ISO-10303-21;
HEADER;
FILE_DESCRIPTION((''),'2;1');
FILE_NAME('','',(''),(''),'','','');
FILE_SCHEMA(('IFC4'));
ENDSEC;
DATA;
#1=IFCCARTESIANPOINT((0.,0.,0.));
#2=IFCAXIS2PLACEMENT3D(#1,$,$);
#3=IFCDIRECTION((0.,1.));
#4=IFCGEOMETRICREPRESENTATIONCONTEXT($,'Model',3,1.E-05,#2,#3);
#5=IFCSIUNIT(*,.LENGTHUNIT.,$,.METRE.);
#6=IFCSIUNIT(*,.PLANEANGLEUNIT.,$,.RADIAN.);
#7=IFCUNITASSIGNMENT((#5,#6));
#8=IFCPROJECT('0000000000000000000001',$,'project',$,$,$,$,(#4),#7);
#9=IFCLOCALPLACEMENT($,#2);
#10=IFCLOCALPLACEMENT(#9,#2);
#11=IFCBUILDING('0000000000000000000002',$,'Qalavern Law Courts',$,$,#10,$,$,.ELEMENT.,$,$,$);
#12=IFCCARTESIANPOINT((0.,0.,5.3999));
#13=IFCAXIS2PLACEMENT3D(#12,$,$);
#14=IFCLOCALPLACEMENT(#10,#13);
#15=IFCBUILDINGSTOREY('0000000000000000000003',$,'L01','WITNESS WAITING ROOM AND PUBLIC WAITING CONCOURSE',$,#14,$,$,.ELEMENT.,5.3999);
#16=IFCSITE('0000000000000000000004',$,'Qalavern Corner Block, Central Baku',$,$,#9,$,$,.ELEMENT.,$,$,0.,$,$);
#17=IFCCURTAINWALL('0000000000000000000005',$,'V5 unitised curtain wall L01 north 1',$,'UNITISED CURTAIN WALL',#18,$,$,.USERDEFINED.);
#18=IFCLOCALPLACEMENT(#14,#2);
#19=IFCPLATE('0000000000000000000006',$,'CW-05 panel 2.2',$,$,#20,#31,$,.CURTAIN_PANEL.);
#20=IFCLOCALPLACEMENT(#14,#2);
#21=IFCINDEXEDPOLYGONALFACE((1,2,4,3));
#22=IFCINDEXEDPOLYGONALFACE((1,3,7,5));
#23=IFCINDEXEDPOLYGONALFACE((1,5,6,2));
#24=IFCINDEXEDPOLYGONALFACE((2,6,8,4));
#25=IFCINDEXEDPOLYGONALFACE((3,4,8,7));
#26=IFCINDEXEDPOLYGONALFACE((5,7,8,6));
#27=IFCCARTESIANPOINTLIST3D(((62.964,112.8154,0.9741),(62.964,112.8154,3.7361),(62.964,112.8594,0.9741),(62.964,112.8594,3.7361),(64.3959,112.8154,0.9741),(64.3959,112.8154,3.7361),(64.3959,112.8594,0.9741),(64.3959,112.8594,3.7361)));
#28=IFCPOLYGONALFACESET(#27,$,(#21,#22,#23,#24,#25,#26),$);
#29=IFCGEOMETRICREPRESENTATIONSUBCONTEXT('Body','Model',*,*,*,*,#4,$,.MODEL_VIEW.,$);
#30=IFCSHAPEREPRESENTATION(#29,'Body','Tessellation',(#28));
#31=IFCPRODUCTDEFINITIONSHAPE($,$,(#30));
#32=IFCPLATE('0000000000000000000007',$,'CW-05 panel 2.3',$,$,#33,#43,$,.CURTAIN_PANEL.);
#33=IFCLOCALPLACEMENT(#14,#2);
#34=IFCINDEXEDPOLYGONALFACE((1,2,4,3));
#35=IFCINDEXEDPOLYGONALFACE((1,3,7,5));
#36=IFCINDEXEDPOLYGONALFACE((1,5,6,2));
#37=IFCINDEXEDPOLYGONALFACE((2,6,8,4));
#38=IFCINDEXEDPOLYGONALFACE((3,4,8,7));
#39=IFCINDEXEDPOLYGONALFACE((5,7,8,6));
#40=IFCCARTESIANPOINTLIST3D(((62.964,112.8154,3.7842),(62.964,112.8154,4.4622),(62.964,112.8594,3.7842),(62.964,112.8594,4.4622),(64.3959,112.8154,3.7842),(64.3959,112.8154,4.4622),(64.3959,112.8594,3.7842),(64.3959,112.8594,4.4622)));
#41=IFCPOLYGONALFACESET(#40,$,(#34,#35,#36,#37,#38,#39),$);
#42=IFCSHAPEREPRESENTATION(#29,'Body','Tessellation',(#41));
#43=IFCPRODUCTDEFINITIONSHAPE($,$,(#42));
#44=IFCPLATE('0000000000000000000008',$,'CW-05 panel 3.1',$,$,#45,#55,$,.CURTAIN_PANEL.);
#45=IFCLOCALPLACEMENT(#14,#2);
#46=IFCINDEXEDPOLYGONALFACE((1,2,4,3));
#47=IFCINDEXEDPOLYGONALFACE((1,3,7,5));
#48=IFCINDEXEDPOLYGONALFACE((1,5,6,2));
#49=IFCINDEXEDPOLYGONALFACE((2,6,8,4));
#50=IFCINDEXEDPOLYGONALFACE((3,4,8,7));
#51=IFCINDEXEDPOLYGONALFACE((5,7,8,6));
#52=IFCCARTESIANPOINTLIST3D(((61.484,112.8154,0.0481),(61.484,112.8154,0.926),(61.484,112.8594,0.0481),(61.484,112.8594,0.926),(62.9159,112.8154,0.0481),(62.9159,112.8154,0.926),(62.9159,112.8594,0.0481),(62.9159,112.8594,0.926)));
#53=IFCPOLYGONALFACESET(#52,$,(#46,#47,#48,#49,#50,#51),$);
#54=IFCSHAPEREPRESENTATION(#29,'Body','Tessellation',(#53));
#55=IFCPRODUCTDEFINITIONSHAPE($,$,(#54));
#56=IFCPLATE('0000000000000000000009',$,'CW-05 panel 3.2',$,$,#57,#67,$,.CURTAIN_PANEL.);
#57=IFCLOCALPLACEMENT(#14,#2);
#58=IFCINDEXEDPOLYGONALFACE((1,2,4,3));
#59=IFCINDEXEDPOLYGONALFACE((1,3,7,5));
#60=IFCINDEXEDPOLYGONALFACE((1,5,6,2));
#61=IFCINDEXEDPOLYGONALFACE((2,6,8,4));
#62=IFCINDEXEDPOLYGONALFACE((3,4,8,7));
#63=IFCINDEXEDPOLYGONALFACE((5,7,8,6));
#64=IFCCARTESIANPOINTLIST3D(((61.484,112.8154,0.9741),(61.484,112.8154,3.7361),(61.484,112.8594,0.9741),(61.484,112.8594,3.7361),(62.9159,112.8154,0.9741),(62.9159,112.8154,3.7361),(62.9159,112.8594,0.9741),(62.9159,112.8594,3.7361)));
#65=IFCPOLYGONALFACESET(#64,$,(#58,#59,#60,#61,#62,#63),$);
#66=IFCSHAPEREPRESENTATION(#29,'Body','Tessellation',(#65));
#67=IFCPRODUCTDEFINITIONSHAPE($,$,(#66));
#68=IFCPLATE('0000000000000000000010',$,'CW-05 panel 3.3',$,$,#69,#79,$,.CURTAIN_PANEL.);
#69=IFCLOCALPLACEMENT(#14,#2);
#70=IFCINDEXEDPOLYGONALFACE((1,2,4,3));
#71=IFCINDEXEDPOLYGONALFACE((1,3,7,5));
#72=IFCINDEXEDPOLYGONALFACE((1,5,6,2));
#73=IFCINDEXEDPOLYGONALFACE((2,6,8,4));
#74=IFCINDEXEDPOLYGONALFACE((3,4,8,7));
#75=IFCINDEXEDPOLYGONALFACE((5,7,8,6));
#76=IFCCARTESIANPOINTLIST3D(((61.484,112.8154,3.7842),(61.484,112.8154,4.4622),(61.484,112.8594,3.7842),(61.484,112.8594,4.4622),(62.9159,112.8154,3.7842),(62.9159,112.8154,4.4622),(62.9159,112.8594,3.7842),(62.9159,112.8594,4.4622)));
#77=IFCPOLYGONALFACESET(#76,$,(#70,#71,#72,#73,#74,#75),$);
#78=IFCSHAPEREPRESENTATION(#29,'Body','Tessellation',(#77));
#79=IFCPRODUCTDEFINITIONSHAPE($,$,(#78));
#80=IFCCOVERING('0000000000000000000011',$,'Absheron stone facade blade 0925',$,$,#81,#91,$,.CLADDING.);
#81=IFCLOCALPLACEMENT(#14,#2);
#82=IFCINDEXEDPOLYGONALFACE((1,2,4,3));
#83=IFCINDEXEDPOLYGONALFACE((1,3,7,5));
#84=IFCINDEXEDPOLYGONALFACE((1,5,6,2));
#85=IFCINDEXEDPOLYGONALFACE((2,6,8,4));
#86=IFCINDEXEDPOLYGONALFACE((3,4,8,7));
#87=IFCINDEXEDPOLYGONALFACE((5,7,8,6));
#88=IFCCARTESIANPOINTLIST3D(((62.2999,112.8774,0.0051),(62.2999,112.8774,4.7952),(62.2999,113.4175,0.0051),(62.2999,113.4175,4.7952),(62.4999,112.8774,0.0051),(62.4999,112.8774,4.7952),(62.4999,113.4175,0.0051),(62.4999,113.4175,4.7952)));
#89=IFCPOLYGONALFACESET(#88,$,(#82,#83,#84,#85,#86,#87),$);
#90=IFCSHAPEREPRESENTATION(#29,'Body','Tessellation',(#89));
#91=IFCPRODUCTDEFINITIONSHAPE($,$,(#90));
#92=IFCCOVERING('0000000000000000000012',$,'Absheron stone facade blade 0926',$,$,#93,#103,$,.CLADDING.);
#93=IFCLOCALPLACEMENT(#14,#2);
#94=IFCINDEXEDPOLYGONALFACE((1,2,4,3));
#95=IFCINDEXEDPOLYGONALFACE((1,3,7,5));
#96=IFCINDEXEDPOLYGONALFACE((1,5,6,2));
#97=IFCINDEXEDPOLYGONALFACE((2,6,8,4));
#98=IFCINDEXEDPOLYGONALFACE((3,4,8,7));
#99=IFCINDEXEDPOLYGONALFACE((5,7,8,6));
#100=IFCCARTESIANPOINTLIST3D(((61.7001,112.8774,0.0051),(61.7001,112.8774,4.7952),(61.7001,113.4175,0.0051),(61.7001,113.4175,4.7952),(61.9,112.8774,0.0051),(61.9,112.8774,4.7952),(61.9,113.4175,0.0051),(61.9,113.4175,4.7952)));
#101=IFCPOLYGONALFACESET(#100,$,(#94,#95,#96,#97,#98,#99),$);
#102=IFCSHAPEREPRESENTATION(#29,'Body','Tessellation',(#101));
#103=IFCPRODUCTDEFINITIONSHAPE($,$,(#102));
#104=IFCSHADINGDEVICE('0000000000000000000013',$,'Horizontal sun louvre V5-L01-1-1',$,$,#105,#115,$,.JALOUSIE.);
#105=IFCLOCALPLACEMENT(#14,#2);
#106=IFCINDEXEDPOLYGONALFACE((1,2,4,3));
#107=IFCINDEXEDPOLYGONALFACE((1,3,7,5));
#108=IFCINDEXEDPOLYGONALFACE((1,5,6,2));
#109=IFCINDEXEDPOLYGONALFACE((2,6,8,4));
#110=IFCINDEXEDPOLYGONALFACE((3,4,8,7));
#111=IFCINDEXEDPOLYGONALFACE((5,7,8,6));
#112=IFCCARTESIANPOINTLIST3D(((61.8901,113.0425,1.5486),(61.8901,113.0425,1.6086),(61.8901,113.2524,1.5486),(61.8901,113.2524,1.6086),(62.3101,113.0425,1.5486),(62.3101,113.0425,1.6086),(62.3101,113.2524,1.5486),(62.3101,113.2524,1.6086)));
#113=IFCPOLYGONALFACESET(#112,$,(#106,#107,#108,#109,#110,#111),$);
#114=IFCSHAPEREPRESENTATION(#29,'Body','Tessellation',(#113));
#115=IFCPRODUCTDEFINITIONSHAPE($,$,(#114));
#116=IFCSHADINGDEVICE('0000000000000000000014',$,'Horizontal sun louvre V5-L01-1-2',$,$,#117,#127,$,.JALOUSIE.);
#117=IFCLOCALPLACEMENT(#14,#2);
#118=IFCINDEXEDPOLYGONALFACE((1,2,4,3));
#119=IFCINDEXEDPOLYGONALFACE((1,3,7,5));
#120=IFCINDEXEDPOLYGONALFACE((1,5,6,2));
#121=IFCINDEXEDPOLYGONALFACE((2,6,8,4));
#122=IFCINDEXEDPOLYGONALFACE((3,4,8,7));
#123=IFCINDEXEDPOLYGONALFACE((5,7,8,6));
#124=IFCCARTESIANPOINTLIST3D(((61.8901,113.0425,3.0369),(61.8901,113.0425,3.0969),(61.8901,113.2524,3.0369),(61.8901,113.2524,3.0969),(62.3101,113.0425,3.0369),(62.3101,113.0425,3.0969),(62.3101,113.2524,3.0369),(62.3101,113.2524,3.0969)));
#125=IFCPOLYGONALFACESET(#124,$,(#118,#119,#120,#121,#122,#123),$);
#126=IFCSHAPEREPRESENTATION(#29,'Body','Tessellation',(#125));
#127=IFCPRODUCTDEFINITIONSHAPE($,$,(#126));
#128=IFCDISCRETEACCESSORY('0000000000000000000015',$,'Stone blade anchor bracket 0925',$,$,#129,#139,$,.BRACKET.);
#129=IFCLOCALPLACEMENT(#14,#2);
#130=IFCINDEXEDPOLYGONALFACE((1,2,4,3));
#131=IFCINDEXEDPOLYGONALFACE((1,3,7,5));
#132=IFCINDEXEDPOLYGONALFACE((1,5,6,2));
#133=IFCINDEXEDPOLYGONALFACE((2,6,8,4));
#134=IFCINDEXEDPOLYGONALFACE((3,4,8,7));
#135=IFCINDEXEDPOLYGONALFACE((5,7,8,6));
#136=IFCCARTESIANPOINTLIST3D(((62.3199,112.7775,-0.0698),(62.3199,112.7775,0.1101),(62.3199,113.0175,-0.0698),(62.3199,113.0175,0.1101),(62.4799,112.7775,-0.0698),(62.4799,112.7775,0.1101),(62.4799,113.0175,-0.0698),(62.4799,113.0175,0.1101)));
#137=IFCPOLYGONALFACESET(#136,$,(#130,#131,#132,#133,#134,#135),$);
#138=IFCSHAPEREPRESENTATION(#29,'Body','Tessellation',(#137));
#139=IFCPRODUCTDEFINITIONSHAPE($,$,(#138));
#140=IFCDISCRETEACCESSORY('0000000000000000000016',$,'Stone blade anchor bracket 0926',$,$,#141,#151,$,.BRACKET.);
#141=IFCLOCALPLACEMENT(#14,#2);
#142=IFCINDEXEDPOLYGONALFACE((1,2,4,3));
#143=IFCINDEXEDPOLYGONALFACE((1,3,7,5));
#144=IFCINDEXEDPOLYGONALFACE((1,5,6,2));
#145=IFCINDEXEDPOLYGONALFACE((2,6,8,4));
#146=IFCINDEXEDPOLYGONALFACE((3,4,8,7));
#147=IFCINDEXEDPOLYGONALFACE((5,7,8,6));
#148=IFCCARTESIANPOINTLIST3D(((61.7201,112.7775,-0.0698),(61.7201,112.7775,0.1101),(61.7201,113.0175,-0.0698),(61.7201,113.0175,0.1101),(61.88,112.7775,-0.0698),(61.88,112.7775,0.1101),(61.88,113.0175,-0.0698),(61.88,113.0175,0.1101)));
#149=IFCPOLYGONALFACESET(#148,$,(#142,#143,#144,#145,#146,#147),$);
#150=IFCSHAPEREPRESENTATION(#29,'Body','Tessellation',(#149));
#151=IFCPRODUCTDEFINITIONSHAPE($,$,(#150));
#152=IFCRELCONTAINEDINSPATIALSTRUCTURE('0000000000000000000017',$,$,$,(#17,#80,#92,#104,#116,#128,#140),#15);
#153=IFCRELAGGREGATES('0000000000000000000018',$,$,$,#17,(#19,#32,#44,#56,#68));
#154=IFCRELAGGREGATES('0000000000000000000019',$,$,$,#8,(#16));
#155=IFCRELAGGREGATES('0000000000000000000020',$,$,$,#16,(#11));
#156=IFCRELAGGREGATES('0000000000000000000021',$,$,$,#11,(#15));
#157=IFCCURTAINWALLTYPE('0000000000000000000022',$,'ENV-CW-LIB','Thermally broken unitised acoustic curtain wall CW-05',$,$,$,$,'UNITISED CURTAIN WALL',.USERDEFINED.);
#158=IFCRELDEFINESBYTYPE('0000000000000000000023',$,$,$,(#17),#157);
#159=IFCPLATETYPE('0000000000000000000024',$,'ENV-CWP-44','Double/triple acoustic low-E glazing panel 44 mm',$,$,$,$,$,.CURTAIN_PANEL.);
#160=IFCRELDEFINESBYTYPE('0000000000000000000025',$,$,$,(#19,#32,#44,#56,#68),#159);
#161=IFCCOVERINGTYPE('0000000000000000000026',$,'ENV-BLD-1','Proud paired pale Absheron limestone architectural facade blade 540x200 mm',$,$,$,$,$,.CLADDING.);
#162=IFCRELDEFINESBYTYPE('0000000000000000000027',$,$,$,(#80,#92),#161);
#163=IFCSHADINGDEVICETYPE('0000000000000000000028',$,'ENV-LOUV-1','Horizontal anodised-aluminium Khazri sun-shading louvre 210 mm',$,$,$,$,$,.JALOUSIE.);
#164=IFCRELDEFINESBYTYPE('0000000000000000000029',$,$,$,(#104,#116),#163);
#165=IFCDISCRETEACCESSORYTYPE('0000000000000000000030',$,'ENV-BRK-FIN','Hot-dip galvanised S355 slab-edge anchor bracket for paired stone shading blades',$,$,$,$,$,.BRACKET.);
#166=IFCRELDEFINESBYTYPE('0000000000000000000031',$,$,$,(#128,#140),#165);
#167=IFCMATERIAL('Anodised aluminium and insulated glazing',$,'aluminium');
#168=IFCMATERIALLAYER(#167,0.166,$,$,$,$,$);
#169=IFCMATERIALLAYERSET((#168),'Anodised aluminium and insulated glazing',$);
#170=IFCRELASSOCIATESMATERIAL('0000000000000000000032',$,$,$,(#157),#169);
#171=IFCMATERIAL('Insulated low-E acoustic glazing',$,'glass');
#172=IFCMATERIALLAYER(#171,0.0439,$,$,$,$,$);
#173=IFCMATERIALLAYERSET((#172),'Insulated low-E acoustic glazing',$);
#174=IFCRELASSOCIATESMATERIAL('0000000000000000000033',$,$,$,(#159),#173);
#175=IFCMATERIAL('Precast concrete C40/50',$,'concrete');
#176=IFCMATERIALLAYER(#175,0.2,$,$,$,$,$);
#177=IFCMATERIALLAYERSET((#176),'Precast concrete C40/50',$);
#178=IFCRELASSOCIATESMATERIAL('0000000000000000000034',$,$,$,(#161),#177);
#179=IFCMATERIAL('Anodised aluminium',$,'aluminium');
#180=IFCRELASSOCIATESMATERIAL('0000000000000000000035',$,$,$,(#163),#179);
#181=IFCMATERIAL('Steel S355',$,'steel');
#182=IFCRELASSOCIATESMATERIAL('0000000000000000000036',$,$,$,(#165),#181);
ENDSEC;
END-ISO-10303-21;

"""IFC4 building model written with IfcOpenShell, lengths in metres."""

from ifc_helpers import new_model, si_unit, direction, frame, origin, origin_2d, place, context, subcontext, project, spatial, rectangle, extrude, material, layer, layer_set, type_object, element, aggregate, save


model = new_model("IFC4")

# Units and contexts
model_context = context("Model", 3, precision=1e-05, world=origin(), true_north=direction((0.0, 1.0)))
body_context = subcontext(model_context, "Body", "Model", "MODEL_VIEW")
ifc_project = project(units=[si_unit("LENGTHUNIT", "METRE"), si_unit("PLANEANGLEUNIT", "RADIAN")], contexts=[model_context])

# Site, building, storey
site_placement = place(None, origin())
site = spatial("IfcSite", under=ifc_project, at=site_placement, Name="Qalavern Corner Block, Central Baku", CompositionType="ELEMENT", RefElevation=0.0)
building_placement = place(site_placement, origin())
building = spatial("IfcBuilding", under=site, at=building_placement, Name="Qalavern Law Courts", CompositionType="ELEMENT")
storey_placement = place(building_placement, frame((0.0, 0.0, 5.3999)))
storey = spatial("IfcBuildingStorey", under=building, at=storey_placement, Name="L01", Description="WITNESS WAITING ROOM AND PUBLIC WAITING CONCOURSE", CompositionType="ELEMENT", Elevation=5.3999)

# Curtain wall, plates
ifc_material_1 = material(Name="Anodised aluminium and insulated glazing", Category="aluminium")
ifc_layer_1 = layer(ifc_material_1, 0.166)
ifc_layer_set_1 = layer_set([ifc_layer_1], Name="Anodised aluminium and insulated glazing")
curtain_wall_type = type_object("IfcCurtainWallType", Name="ENV-CW-LIB", Description="Thermally broken unitised acoustic curtain wall CW-05", ElementType="UNITISED CURTAIN WALL", PredefinedType="USERDEFINED", material=ifc_layer_set_1)
curtain_wall_placement = place(storey_placement, origin())
curtain_wall = element("IfcCurtainWall", 1, at=curtain_wall_placement, inside=storey, type_object=curtain_wall_type, Name="V5 unitised curtain wall L01 north 1", ObjectType="UNITISED CURTAIN WALL", PredefinedType="USERDEFINED")
ifc_material_2 = material(Name="Anodised aluminium", Category="aluminium")
ifc_material_3 = material(Name="Insulated low-E acoustic glazing", Category="glass")
ifc_layer_2 = layer(ifc_material_3, 0.0439)
ifc_layer_set_2 = layer_set([ifc_layer_2], Name="Insulated low-E acoustic glazing")
plate_type = type_object("IfcPlateType", Name="ENV-CWP-44", Description="Double/triple acoustic low-E glazing panel 44 mm", PredefinedType="CURTAIN_PANEL", material=ifc_layer_set_2)
plate_1_placement = place(storey_placement, frame((63.6799, 112.8374, 0.9741), z_axis=(0.0, 0.0, 1.0), x_axis=(-1.0, 0.0, 0.0)))
plate_1 = element("IfcPlate", 2, at=plate_1_placement, type_object=plate_type, Name="CW-05 panel 2.2", PredefinedType="CURTAIN_PANEL", context=body_context, shape_type="SweptSolid", body=[
    extrude(rectangle(XDim=1.4319, YDim=0.0439, at=origin_2d()), origin(), (0.0, 0.0, 1.0), 2.762),
])
plate_2_placement = place(storey_placement, frame((63.6799, 112.8374, 3.7842), z_axis=(0.0, 0.0, 1.0), x_axis=(-1.0, 0.0, 0.0)))
plate_2 = element("IfcPlate", 3, at=plate_2_placement, type_object=plate_type, Name="CW-05 panel 2.3", PredefinedType="CURTAIN_PANEL", context=body_context, shape_type="SweptSolid", body=[
    extrude(rectangle(XDim=1.4319, YDim=0.0439, at=origin_2d()), origin(), (0.0, 0.0, 1.0), 0.678),
])
plate_3_placement = place(storey_placement, frame((62.2, 112.8374, 0.0481), z_axis=(0.0, 0.0, 1.0), x_axis=(-1.0, 0.0, 0.0)))
plate_3 = element("IfcPlate", 4, at=plate_3_placement, type_object=plate_type, Name="CW-05 panel 3.1", PredefinedType="CURTAIN_PANEL", context=body_context, shape_type="SweptSolid", body=[
    extrude(rectangle(XDim=1.4319, YDim=0.0439, at=origin_2d()), origin(), (0.0, 0.0, 1.0), 0.8779),
])
plate_4_placement = place(storey_placement, frame((62.2, 112.8374, 0.9741), z_axis=(0.0, 0.0, 1.0), x_axis=(-1.0, 0.0, 0.0)))
plate_4 = element("IfcPlate", 5, at=plate_4_placement, type_object=plate_type, Name="CW-05 panel 3.2", PredefinedType="CURTAIN_PANEL", context=body_context, shape_type="SweptSolid", body=[
    extrude(rectangle(XDim=1.4319, YDim=0.0439, at=origin_2d()), origin(), (0.0, 0.0, 1.0), 2.762),
])
plate_5_placement = place(storey_placement, frame((62.2, 112.8374, 3.7842), z_axis=(0.0, 0.0, 1.0), x_axis=(-1.0, 0.0, 0.0)))
plate_5 = element("IfcPlate", 6, at=plate_5_placement, type_object=plate_type, Name="CW-05 panel 3.3", PredefinedType="CURTAIN_PANEL", context=body_context, shape_type="SweptSolid", body=[
    extrude(rectangle(XDim=1.4319, YDim=0.0439, at=origin_2d()), origin(), (0.0, 0.0, 1.0), 0.678),
])
aggregate(curtain_wall, [plate_1, plate_2, plate_3, plate_4, plate_5])

# Coverings
ifc_material_4 = material(Name="Precast concrete C40/50", Category="concrete")
ifc_layer_3 = layer(ifc_material_4, 0.2)
ifc_layer_set_3 = layer_set([ifc_layer_3], Name="Precast concrete C40/50")
covering_type = type_object("IfcCoveringType", Name="ENV-BLD-1", Description="Proud paired pale Absheron limestone architectural facade blade 540x200 mm", PredefinedType="CLADDING", material=ifc_layer_set_3)
for number, where, z_axis, x_axis, name in (
    (7, (62.3999, 113.1475, 0.0051), (0.0, 0.0, 1.0), (0.0, 1.0, 0.0), "Absheron stone facade blade 0925"),
    (8, (61.8, 113.1475, 0.0051), (0.0, 0.0, 1.0), (0.0, 1.0, 0.0), "Absheron stone facade blade 0926"),
):
    element("IfcCovering", number, at=place(storey_placement, frame(where, z_axis=z_axis, x_axis=x_axis)), inside=storey, type_object=covering_type, Name=name, PredefinedType="CLADDING", context=body_context, shape_type="SweptSolid", body=[
        extrude(rectangle(XDim=0.54, YDim=0.2, at=origin_2d()), origin(), (0.0, 0.0, 1.0), 4.79),
    ])

# Shading devices
shading_device_type = type_object("IfcShadingDeviceType", Name="ENV-LOUV-1", Description="Horizontal anodised-aluminium Khazri sun-shading louvre 210 mm", PredefinedType="JALOUSIE", material=ifc_material_2)
for number, where, z_axis, x_axis, name in (
    (9, (62.1001, 113.1475, 1.5486), (0.0, 0.0, 1.0), (-1.0, 0.0, 0.0), "Horizontal sun louvre V5-L01-1-1"),
    (10, (62.1001, 113.1475, 3.0369), (0.0, 0.0, 1.0), (-1.0, 0.0, 0.0), "Horizontal sun louvre V5-L01-1-2"),
):
    element("IfcShadingDevice", number, at=place(storey_placement, frame(where, z_axis=z_axis, x_axis=x_axis)), inside=storey, type_object=shading_device_type, Name=name, PredefinedType="JALOUSIE", context=body_context, shape_type="SweptSolid", body=[
        extrude(rectangle(XDim=0.4199, YDim=0.21, at=origin_2d()), origin(), (0.0, 0.0, 1.0), 0.0601),
    ])

# Discrete accessories
ifc_material_5 = material(Name="Steel S355", Category="steel")
discrete_accessory_type = type_object("IfcDiscreteAccessoryType", Name="ENV-BRK-FIN", Description="Hot-dip galvanised S355 slab-edge anchor bracket for paired stone shading blades", PredefinedType="BRACKET", material=ifc_material_5)
for number, where, z_axis, x_axis, name in (
    (11, (62.3999, 112.8975, -0.0698), (0.0, 0.0, 1.0), (0.0, 1.0, 0.0), "Stone blade anchor bracket 0925"),
    (12, (61.8, 112.8975, -0.0698), (0.0, 0.0, 1.0), (0.0, 1.0, 0.0), "Stone blade anchor bracket 0926"),
):
    element("IfcDiscreteAccessory", number, at=place(storey_placement, frame(where, z_axis=z_axis, x_axis=x_axis)), inside=storey, type_object=discrete_accessory_type, Name=name, PredefinedType="BRACKET", context=body_context, shape_type="SweptSolid", body=[
        extrude(rectangle(XDim=0.24, YDim=0.1599, at=origin_2d()), origin(), (0.0, 0.0, 1.0), 0.1799),
    ])

save(model, "model.ifc")
